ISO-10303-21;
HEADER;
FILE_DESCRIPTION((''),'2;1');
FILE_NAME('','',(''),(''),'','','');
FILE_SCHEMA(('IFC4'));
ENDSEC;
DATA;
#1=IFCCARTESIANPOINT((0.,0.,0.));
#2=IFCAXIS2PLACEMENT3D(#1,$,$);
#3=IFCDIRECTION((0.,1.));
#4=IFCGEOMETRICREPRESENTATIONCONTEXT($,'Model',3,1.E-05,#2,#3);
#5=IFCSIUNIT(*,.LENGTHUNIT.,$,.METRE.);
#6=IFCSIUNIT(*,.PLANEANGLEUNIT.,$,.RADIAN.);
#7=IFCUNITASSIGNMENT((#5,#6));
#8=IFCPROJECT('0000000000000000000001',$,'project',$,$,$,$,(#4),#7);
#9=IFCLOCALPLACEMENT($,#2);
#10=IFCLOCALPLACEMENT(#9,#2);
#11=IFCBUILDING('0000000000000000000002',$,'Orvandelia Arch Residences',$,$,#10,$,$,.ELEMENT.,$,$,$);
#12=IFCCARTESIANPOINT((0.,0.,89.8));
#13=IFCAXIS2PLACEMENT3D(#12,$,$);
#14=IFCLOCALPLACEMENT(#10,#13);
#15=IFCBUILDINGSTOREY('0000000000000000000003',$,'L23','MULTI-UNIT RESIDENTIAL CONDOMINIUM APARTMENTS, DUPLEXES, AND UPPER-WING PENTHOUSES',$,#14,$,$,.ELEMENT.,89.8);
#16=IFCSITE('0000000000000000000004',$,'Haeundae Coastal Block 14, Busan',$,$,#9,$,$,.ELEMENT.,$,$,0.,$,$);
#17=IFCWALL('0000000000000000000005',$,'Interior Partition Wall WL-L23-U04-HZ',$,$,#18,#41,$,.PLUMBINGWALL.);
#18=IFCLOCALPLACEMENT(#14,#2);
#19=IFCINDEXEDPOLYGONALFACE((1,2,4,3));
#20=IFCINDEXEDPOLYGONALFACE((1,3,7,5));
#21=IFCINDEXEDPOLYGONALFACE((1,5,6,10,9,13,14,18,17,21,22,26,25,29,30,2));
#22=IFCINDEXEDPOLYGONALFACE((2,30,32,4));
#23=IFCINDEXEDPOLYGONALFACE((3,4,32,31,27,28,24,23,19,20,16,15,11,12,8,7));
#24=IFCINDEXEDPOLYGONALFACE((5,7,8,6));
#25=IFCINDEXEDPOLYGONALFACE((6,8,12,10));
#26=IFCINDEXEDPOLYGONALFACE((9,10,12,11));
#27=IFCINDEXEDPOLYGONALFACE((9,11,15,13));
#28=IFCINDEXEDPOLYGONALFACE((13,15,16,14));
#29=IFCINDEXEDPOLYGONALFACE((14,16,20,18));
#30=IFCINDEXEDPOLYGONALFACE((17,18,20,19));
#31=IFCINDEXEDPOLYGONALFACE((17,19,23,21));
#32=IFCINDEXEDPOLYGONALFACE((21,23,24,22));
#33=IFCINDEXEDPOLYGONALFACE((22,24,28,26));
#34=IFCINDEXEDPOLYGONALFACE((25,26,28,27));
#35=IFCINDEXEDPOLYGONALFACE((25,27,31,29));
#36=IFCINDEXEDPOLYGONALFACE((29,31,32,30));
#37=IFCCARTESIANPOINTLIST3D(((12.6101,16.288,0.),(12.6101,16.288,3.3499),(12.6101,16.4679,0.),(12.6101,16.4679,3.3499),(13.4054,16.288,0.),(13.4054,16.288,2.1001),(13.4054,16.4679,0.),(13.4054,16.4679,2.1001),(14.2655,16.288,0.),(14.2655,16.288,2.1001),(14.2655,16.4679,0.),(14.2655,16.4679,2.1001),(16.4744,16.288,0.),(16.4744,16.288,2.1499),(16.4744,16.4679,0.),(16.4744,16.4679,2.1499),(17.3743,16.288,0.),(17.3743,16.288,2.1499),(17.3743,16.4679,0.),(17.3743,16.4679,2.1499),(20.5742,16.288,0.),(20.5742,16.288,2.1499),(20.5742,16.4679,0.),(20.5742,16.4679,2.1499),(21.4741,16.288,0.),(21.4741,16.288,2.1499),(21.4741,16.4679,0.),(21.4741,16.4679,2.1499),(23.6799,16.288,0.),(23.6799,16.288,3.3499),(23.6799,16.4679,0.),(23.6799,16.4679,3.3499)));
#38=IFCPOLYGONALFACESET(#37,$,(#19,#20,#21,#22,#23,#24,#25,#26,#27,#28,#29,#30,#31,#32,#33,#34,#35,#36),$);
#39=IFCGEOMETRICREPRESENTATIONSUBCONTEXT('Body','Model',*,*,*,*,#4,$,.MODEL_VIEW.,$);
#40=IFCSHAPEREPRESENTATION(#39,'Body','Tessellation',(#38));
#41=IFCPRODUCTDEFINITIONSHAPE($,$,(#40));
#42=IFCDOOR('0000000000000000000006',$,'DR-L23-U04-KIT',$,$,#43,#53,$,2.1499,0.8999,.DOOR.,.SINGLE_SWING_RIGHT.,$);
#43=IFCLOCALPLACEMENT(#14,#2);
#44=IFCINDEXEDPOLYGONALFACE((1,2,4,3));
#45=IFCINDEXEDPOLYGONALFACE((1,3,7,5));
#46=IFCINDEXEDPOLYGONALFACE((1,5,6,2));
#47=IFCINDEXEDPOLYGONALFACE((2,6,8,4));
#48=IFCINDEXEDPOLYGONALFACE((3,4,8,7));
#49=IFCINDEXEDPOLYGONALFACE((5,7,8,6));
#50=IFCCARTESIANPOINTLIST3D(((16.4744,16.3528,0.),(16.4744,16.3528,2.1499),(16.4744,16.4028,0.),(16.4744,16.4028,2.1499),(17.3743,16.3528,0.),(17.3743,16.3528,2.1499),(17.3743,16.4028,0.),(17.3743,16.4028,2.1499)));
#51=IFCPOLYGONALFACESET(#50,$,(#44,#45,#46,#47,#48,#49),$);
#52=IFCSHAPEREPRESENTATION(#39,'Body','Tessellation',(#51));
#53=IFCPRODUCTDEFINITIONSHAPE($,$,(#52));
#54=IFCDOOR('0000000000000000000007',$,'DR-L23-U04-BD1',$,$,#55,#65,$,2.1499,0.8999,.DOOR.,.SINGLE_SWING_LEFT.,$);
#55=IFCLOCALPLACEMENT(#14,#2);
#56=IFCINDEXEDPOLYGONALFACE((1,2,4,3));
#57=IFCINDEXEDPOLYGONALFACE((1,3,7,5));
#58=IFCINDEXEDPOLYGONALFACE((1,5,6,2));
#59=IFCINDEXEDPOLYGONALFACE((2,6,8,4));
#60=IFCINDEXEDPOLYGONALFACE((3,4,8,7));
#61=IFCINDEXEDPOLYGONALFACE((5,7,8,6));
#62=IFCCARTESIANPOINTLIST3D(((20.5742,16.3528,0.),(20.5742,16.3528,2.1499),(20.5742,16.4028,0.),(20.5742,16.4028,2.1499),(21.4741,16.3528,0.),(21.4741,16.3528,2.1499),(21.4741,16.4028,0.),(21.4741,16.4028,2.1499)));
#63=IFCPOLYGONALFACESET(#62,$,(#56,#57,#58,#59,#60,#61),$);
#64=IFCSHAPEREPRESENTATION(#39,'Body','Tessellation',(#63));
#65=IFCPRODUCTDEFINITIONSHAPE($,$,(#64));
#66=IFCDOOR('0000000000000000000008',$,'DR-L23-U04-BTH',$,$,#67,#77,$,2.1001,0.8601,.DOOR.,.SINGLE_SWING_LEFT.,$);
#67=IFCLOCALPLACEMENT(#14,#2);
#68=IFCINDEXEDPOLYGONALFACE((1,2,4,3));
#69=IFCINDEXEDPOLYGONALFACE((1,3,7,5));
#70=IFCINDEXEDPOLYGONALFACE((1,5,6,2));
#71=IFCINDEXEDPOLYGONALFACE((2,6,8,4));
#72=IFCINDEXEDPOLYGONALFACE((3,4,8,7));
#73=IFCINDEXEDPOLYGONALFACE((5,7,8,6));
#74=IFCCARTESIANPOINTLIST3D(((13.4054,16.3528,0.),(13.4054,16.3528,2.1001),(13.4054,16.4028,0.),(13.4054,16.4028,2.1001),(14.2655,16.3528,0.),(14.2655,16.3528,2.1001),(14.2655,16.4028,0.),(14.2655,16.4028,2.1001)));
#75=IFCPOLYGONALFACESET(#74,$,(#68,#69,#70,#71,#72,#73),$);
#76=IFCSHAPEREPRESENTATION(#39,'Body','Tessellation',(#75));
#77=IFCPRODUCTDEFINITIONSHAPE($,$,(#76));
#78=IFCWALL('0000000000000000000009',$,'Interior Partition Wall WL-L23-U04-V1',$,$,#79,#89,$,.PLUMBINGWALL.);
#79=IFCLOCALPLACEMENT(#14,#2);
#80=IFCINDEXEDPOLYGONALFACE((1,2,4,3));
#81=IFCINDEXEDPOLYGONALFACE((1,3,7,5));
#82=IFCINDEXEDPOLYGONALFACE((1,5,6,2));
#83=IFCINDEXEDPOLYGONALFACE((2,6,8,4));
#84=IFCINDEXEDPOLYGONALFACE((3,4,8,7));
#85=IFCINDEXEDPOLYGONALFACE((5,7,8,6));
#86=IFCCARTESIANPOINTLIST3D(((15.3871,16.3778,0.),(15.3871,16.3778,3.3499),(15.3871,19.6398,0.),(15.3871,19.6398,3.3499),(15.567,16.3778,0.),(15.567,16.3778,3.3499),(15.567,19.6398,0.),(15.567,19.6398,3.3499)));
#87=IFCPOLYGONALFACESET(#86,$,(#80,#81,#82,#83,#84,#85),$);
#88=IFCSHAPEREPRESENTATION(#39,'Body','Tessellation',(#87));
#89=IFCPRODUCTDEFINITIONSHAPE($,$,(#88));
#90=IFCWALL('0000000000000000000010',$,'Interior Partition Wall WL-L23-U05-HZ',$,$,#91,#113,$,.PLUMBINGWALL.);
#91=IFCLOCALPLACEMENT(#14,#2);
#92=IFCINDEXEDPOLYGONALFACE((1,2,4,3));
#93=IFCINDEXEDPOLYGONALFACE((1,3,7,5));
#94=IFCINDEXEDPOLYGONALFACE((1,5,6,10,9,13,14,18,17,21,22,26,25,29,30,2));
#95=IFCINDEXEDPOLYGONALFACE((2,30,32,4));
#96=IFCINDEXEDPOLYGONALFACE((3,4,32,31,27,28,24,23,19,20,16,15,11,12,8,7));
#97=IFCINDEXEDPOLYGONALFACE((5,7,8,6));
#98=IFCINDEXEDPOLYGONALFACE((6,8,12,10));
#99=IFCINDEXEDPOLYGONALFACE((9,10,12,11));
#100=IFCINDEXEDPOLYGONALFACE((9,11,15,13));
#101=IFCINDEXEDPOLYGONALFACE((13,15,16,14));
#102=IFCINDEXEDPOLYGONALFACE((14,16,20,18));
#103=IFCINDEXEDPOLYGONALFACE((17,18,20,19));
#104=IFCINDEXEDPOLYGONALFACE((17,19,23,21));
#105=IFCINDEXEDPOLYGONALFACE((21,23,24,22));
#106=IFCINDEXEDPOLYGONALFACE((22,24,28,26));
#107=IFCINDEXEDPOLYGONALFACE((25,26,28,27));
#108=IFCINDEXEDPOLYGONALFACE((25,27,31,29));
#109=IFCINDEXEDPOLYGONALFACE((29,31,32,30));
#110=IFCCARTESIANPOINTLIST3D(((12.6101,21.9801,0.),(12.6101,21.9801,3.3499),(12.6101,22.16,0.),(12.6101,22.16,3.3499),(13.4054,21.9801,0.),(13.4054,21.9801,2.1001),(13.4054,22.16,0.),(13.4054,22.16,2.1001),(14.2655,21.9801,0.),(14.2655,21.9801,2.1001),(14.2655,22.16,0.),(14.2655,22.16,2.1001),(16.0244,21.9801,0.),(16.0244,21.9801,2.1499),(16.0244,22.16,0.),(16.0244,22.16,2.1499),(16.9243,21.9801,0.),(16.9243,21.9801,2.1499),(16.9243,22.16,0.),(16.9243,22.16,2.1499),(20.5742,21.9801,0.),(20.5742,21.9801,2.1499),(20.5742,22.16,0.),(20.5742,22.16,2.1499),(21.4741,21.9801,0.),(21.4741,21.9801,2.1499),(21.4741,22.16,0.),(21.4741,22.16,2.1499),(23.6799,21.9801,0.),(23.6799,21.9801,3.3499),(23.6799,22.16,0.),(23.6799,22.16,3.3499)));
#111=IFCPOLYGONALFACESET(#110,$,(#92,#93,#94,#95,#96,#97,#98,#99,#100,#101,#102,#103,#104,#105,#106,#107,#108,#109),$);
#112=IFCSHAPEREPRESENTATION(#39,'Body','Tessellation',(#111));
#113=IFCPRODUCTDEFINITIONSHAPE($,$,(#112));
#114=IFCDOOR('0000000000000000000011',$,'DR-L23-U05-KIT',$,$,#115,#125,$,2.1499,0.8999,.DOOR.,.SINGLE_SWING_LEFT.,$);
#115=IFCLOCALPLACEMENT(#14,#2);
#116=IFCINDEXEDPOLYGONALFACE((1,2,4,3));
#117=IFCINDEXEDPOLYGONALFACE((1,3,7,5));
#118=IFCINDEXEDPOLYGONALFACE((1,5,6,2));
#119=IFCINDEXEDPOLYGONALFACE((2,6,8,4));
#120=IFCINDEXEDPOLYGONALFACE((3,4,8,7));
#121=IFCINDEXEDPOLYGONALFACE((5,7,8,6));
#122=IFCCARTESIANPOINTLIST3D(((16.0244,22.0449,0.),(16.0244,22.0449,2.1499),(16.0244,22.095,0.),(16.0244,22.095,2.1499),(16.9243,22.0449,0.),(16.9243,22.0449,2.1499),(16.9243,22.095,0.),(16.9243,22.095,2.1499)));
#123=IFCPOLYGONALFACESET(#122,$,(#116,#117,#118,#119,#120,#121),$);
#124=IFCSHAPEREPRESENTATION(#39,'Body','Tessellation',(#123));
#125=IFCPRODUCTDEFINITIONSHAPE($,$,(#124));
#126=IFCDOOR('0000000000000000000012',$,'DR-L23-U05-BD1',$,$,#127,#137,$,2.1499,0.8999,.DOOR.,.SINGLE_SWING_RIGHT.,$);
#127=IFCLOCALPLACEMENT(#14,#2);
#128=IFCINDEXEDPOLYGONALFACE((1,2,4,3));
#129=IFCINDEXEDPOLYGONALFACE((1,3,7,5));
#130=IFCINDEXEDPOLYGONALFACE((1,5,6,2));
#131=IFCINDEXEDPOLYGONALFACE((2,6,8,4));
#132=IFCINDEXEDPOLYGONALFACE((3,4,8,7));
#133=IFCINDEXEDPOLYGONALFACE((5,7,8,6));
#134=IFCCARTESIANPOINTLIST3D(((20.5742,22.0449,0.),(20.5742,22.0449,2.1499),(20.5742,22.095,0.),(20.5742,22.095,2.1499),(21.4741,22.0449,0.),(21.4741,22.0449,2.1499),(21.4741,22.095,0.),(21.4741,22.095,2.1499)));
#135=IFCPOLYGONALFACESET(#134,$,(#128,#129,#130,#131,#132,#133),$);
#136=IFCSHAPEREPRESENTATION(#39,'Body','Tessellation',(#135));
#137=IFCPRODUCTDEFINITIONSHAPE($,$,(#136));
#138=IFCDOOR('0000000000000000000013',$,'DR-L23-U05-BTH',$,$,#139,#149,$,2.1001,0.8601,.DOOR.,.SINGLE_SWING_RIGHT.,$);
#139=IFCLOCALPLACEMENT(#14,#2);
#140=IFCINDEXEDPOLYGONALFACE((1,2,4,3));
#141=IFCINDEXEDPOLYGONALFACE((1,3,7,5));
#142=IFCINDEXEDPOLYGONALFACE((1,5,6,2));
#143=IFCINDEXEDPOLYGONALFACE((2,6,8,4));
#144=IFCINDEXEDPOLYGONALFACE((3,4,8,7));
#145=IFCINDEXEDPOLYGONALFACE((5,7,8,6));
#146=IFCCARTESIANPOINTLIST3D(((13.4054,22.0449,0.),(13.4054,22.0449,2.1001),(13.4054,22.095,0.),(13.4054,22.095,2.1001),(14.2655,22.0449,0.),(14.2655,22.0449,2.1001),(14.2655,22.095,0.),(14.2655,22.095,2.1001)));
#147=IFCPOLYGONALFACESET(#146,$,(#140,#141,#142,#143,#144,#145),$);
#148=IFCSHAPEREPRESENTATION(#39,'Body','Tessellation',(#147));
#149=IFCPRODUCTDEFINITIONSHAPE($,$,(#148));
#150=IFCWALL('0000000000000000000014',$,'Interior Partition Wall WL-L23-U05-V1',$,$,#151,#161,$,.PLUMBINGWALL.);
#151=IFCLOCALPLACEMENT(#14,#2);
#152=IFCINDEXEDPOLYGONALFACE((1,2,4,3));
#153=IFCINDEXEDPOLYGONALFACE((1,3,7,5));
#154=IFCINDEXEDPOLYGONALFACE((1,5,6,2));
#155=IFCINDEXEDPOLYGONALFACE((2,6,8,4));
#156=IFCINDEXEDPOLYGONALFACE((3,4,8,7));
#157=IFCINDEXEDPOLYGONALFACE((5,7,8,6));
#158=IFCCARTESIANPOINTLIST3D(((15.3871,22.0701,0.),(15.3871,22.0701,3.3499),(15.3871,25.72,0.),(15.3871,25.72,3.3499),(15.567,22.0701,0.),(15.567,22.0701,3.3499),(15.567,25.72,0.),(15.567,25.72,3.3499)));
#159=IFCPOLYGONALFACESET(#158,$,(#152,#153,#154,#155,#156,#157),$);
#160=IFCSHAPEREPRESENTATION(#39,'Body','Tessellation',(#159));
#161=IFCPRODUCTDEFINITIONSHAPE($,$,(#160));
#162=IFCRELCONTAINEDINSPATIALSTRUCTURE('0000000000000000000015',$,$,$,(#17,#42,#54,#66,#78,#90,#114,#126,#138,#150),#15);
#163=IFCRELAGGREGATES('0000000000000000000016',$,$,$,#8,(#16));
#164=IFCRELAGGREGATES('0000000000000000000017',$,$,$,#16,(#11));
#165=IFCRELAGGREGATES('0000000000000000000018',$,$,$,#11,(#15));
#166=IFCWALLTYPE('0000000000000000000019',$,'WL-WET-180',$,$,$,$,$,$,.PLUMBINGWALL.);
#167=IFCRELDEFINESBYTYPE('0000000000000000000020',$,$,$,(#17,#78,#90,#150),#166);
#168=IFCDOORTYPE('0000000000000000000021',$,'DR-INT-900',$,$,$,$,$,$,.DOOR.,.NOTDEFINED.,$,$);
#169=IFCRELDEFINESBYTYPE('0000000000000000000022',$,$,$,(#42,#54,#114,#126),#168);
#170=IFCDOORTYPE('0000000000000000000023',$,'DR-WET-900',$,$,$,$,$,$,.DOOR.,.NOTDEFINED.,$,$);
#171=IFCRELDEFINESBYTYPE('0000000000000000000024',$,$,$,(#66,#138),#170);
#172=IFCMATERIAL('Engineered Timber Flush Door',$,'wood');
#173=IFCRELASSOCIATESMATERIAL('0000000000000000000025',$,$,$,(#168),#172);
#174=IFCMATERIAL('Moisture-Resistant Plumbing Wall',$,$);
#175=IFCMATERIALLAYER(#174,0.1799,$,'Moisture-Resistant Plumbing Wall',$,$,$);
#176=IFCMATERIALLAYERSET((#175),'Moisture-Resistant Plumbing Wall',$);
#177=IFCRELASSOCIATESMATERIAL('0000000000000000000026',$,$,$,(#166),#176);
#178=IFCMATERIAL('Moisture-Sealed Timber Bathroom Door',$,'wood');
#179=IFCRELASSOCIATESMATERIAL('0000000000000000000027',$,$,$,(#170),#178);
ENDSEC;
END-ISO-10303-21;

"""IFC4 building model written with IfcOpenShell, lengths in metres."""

from ifc_helpers import new_model, si_unit, direction, frame, frame_2d, origin, place, context, subcontext, project, spatial, rectangle, extrude, material, layer, layer_set, type_object, element, fill, save


model = new_model("IFC4")

# Units and contexts
model_context = context("Model", 3, precision=1e-05, world=origin(), true_north=direction((0.0, 1.0)))
body_context = subcontext(model_context, "Body", "Model", "MODEL_VIEW")
ifc_project = project(units=[si_unit("LENGTHUNIT", "METRE"), si_unit("PLANEANGLEUNIT", "RADIAN")], contexts=[model_context])

# Site, building, storey
site_placement = place(None, origin())
site = spatial("IfcSite", under=ifc_project, at=site_placement, Name="Haeundae Coastal Block 14, Busan", CompositionType="ELEMENT", RefElevation=0.0)
building_placement = place(site_placement, origin())
building = spatial("IfcBuilding", under=site, at=building_placement, Name="Orvandelia Arch Residences", CompositionType="ELEMENT")
storey_placement = place(building_placement, frame((0.0, 0.0, 89.8)))
storey = spatial("IfcBuildingStorey", under=building, at=storey_placement, Name="L23", Description="MULTI-UNIT RESIDENTIAL CONDOMINIUM APARTMENTS, DUPLEXES, AND UPPER-WING PENTHOUSES", CompositionType="ELEMENT", Elevation=89.8)

# Shared definitions
ifc_material_1 = material(Name="Engineered Timber Flush Door", Category="wood")
door_type_1 = type_object("IfcDoorType", Name="DR-INT-900", OperationType="NOTDEFINED", PredefinedType="DOOR", material=ifc_material_1)

# Shared definitions
ifc_material_2 = material(Name="Moisture-Resistant Plumbing Wall")
ifc_layer_1 = layer(ifc_material_2, 0.1799, Name="Moisture-Resistant Plumbing Wall")
ifc_layer_set_1 = layer_set([ifc_layer_1], Name="Moisture-Resistant Plumbing Wall")
wall_type_1 = type_object("IfcWallType", Name="WL-WET-180", PredefinedType="PLUMBINGWALL", material=ifc_layer_set_1)

# Wall, openings, doors
wall_1_placement = place(storey_placement, frame((12.6101, 16.3779, 0.0), z_axis=(0.0, 0.0, 1.0), x_axis=(1.0, 0.0, 0.0)))
wall_1 = element("IfcWall", 1, at=wall_1_placement, inside=storey, type_object=wall_type_1, Name="Interior Partition Wall WL-L23-U04-HZ", PredefinedType="PLUMBINGWALL", context=body_context, shape_type="SweptSolid", body=[
    extrude(rectangle(XDim=11.0698, YDim=0.1799, at=frame_2d((5.5349, 0.0))), origin(), (0.0, 0.0, 1.0), 3.3499),
])
opening_1_placement = place(wall_1_placement, frame((0.7952, 0.0, 0.0)))
opening_1 = element("IfcOpeningElement", 2, at=opening_1_placement, cuts=wall_1, PredefinedType="OPENING", context=body_context, shape_type="SweptSolid", body=[
    extrude(rectangle(XDim=0.8601, YDim=2.1001, at=frame_2d((0.4302, 1.05))), frame((0.0, 0.1001, 0.0), z_axis=(0.0, -1.0, 0.0), x_axis=(1.0, 0.0, 0.0)), (0.0, 0.0, 1.0), 0.2),
])
opening_2_placement = place(wall_1_placement, frame((3.8643, 0.0, 0.0)))
opening_2 = element("IfcOpeningElement", 3, at=opening_2_placement, cuts=wall_1, PredefinedType="OPENING", context=body_context, shape_type="SweptSolid", body=[
    extrude(rectangle(XDim=0.8999, YDim=2.1499, at=frame_2d((0.45, 1.075))), frame((0.0, 0.1001, 0.0), z_axis=(0.0, -1.0, 0.0), x_axis=(1.0, 0.0, 0.0)), (0.0, 0.0, 1.0), 0.2),
])
opening_3_placement = place(wall_1_placement, frame((7.9641, 0.0, 0.0)))
opening_3 = element("IfcOpeningElement", 4, at=opening_3_placement, cuts=wall_1, PredefinedType="OPENING", context=body_context, shape_type="SweptSolid", body=[
    extrude(rectangle(XDim=0.8999, YDim=2.1499, at=frame_2d((0.45, 1.075))), frame((0.0, 0.1001, 0.0), z_axis=(0.0, -1.0, 0.0), x_axis=(1.0, 0.0, 0.0)), (0.0, 0.0, 1.0), 0.2),
])
door_1_placement = place(opening_2_placement, origin())
door_1 = element("IfcDoor", 5, at=door_1_placement, inside=storey, type_object=door_type_1, Name="DR-L23-U04-KIT", OperationType="SINGLE_SWING_RIGHT", OverallHeight=2.1499, OverallWidth=0.8999, PredefinedType="DOOR", context=body_context, shape_type="SweptSolid", body=[
    extrude(rectangle(XDim=0.8999, YDim=2.1499, at=frame_2d((0.45, 1.075))), frame((0.0, 0.0249, 0.0), z_axis=(0.0, -1.0, 0.0), x_axis=(1.0, 0.0, 0.0)), (0.0, 0.0, 1.0), 0.05),
])
fill(opening_2, door_1)
door_2_placement = place(opening_3_placement, origin())
door_2 = element("IfcDoor", 6, at=door_2_placement, inside=storey, type_object=door_type_1, Name="DR-L23-U04-BD1", OperationType="SINGLE_SWING_LEFT", OverallHeight=2.1499, OverallWidth=0.8999, PredefinedType="DOOR", context=body_context, shape_type="SweptSolid", body=[
    extrude(rectangle(XDim=0.8999, YDim=2.1499, at=frame_2d((0.45, 1.075))), frame((0.0, 0.0249, 0.0), z_axis=(0.0, -1.0, 0.0), x_axis=(1.0, 0.0, 0.0)), (0.0, 0.0, 1.0), 0.05),
])
fill(opening_3, door_2)
ifc_material_3 = material(Name="Moisture-Sealed Timber Bathroom Door", Category="wood")
door_type_2 = type_object("IfcDoorType", Name="DR-WET-900", OperationType="NOTDEFINED", PredefinedType="DOOR", material=ifc_material_3)
door_3_placement = place(opening_1_placement, origin())
door_3 = element("IfcDoor", 7, at=door_3_placement, inside=storey, type_object=door_type_2, Name="DR-L23-U04-BTH", OperationType="SINGLE_SWING_LEFT", OverallHeight=2.1001, OverallWidth=0.8601, PredefinedType="DOOR", context=body_context, shape_type="SweptSolid", body=[
    extrude(rectangle(XDim=0.8601, YDim=2.1001, at=frame_2d((0.4302, 1.05))), frame((0.0, 0.0249, 0.0), z_axis=(0.0, -1.0, 0.0), x_axis=(1.0, 0.0, 0.0)), (0.0, 0.0, 1.0), 0.05),
])
fill(opening_1, door_3)

# Wall
wall_2_placement = place(storey_placement, frame((15.4771, 16.3779, 0.0), z_axis=(0.0, 0.0, 1.0), x_axis=(0.0, 1.0, 0.0)))
element("IfcWall", 8, at=wall_2_placement, inside=storey, type_object=wall_type_1, Name="Interior Partition Wall WL-L23-U04-V1", PredefinedType="PLUMBINGWALL", context=body_context, shape_type="SweptSolid", body=[
    extrude(rectangle(XDim=3.262, YDim=0.1799, at=frame_2d((1.6309, 0.0))), origin(), (0.0, 0.0, 1.0), 3.3499),
])

# Wall, openings, doors
wall_3_placement = place(storey_placement, frame((12.6101, 22.0701, 0.0), z_axis=(0.0, 0.0, 1.0), x_axis=(1.0, 0.0, 0.0)))
wall_3 = element("IfcWall", 9, at=wall_3_placement, inside=storey, type_object=wall_type_1, Name="Interior Partition Wall WL-L23-U05-HZ", PredefinedType="PLUMBINGWALL", context=body_context, shape_type="SweptSolid", body=[
    extrude(rectangle(XDim=11.0698, YDim=0.1799, at=frame_2d((5.5349, 0.0))), origin(), (0.0, 0.0, 1.0), 3.3499),
])
opening_4_placement = place(wall_3_placement, frame((0.7952, 0.0, 0.0)))
opening_4 = element("IfcOpeningElement", 10, at=opening_4_placement, cuts=wall_3, PredefinedType="OPENING", context=body_context, shape_type="SweptSolid", body=[
    extrude(rectangle(XDim=0.8601, YDim=2.1001, at=frame_2d((0.4302, 1.05))), frame((0.0, 0.1001, 0.0), z_axis=(0.0, -1.0, 0.0), x_axis=(1.0, 0.0, 0.0)), (0.0, 0.0, 1.0), 0.2),
])
opening_5_placement = place(wall_3_placement, frame((3.4143, 0.0, 0.0)))
opening_5 = element("IfcOpeningElement", 11, at=opening_5_placement, cuts=wall_3, PredefinedType="OPENING", context=body_context, shape_type="SweptSolid", body=[
    extrude(rectangle(XDim=0.8999, YDim=2.1499, at=frame_2d((0.45, 1.075))), frame((0.0, 0.1001, 0.0), z_axis=(0.0, -1.0, 0.0), x_axis=(1.0, 0.0, 0.0)), (0.0, 0.0, 1.0), 0.2),
])
opening_6_placement = place(wall_3_placement, frame((7.9641, 0.0, 0.0)))
opening_6 = element("IfcOpeningElement", 12, at=opening_6_placement, cuts=wall_3, PredefinedType="OPENING", context=body_context, shape_type="SweptSolid", body=[
    extrude(rectangle(XDim=0.8999, YDim=2.1499, at=frame_2d((0.45, 1.075))), frame((0.0, 0.1001, 0.0), z_axis=(0.0, -1.0, 0.0), x_axis=(1.0, 0.0, 0.0)), (0.0, 0.0, 1.0), 0.2),
])
door_4_placement = place(opening_5_placement, origin())
door_4 = element("IfcDoor", 13, at=door_4_placement, inside=storey, type_object=door_type_1, Name="DR-L23-U05-KIT", OperationType="SINGLE_SWING_LEFT", OverallHeight=2.1499, OverallWidth=0.8999, PredefinedType="DOOR", context=body_context, shape_type="SweptSolid", body=[
    extrude(rectangle(XDim=0.8999, YDim=2.1499, at=frame_2d((0.45, 1.075))), frame((0.0, 0.0249, 0.0), z_axis=(0.0, -1.0, 0.0), x_axis=(1.0, 0.0, 0.0)), (0.0, 0.0, 1.0), 0.05),
])
fill(opening_5, door_4)
door_5_placement = place(opening_6_placement, origin())
door_5 = element("IfcDoor", 14, at=door_5_placement, inside=storey, type_object=door_type_1, Name="DR-L23-U05-BD1", OperationType="SINGLE_SWING_RIGHT", OverallHeight=2.1499, OverallWidth=0.8999, PredefinedType="DOOR", context=body_context, shape_type="SweptSolid", body=[
    extrude(rectangle(XDim=0.8999, YDim=2.1499, at=frame_2d((0.45, 1.075))), frame((0.0, 0.0249, 0.0), z_axis=(0.0, -1.0, 0.0), x_axis=(1.0, 0.0, 0.0)), (0.0, 0.0, 1.0), 0.05),
])
fill(opening_6, door_5)
door_6_placement = place(opening_4_placement, origin())
door_6 = element("IfcDoor", 15, at=door_6_placement, inside=storey, type_object=door_type_2, Name="DR-L23-U05-BTH", OperationType="SINGLE_SWING_RIGHT", OverallHeight=2.1001, OverallWidth=0.8601, PredefinedType="DOOR", context=body_context, shape_type="SweptSolid", body=[
    extrude(rectangle(XDim=0.8601, YDim=2.1001, at=frame_2d((0.4302, 1.05))), frame((0.0, 0.0249, 0.0), z_axis=(0.0, -1.0, 0.0), x_axis=(1.0, 0.0, 0.0)), (0.0, 0.0, 1.0), 0.05),
])
fill(opening_4, door_6)

# Wall
wall_4_placement = place(storey_placement, frame((15.4771, 22.0701, 0.0), z_axis=(0.0, 0.0, 1.0), x_axis=(0.0, 1.0, 0.0)))
element("IfcWall", 16, at=wall_4_placement, inside=storey, type_object=wall_type_1, Name="Interior Partition Wall WL-L23-U05-V1", PredefinedType="PLUMBINGWALL", context=body_context, shape_type="SweptSolid", body=[
    extrude(rectangle(XDim=3.6499, YDim=0.1799, at=frame_2d((1.825, 0.0))), origin(), (0.0, 0.0, 1.0), 3.3499),
])

save(model, "model.ifc")
